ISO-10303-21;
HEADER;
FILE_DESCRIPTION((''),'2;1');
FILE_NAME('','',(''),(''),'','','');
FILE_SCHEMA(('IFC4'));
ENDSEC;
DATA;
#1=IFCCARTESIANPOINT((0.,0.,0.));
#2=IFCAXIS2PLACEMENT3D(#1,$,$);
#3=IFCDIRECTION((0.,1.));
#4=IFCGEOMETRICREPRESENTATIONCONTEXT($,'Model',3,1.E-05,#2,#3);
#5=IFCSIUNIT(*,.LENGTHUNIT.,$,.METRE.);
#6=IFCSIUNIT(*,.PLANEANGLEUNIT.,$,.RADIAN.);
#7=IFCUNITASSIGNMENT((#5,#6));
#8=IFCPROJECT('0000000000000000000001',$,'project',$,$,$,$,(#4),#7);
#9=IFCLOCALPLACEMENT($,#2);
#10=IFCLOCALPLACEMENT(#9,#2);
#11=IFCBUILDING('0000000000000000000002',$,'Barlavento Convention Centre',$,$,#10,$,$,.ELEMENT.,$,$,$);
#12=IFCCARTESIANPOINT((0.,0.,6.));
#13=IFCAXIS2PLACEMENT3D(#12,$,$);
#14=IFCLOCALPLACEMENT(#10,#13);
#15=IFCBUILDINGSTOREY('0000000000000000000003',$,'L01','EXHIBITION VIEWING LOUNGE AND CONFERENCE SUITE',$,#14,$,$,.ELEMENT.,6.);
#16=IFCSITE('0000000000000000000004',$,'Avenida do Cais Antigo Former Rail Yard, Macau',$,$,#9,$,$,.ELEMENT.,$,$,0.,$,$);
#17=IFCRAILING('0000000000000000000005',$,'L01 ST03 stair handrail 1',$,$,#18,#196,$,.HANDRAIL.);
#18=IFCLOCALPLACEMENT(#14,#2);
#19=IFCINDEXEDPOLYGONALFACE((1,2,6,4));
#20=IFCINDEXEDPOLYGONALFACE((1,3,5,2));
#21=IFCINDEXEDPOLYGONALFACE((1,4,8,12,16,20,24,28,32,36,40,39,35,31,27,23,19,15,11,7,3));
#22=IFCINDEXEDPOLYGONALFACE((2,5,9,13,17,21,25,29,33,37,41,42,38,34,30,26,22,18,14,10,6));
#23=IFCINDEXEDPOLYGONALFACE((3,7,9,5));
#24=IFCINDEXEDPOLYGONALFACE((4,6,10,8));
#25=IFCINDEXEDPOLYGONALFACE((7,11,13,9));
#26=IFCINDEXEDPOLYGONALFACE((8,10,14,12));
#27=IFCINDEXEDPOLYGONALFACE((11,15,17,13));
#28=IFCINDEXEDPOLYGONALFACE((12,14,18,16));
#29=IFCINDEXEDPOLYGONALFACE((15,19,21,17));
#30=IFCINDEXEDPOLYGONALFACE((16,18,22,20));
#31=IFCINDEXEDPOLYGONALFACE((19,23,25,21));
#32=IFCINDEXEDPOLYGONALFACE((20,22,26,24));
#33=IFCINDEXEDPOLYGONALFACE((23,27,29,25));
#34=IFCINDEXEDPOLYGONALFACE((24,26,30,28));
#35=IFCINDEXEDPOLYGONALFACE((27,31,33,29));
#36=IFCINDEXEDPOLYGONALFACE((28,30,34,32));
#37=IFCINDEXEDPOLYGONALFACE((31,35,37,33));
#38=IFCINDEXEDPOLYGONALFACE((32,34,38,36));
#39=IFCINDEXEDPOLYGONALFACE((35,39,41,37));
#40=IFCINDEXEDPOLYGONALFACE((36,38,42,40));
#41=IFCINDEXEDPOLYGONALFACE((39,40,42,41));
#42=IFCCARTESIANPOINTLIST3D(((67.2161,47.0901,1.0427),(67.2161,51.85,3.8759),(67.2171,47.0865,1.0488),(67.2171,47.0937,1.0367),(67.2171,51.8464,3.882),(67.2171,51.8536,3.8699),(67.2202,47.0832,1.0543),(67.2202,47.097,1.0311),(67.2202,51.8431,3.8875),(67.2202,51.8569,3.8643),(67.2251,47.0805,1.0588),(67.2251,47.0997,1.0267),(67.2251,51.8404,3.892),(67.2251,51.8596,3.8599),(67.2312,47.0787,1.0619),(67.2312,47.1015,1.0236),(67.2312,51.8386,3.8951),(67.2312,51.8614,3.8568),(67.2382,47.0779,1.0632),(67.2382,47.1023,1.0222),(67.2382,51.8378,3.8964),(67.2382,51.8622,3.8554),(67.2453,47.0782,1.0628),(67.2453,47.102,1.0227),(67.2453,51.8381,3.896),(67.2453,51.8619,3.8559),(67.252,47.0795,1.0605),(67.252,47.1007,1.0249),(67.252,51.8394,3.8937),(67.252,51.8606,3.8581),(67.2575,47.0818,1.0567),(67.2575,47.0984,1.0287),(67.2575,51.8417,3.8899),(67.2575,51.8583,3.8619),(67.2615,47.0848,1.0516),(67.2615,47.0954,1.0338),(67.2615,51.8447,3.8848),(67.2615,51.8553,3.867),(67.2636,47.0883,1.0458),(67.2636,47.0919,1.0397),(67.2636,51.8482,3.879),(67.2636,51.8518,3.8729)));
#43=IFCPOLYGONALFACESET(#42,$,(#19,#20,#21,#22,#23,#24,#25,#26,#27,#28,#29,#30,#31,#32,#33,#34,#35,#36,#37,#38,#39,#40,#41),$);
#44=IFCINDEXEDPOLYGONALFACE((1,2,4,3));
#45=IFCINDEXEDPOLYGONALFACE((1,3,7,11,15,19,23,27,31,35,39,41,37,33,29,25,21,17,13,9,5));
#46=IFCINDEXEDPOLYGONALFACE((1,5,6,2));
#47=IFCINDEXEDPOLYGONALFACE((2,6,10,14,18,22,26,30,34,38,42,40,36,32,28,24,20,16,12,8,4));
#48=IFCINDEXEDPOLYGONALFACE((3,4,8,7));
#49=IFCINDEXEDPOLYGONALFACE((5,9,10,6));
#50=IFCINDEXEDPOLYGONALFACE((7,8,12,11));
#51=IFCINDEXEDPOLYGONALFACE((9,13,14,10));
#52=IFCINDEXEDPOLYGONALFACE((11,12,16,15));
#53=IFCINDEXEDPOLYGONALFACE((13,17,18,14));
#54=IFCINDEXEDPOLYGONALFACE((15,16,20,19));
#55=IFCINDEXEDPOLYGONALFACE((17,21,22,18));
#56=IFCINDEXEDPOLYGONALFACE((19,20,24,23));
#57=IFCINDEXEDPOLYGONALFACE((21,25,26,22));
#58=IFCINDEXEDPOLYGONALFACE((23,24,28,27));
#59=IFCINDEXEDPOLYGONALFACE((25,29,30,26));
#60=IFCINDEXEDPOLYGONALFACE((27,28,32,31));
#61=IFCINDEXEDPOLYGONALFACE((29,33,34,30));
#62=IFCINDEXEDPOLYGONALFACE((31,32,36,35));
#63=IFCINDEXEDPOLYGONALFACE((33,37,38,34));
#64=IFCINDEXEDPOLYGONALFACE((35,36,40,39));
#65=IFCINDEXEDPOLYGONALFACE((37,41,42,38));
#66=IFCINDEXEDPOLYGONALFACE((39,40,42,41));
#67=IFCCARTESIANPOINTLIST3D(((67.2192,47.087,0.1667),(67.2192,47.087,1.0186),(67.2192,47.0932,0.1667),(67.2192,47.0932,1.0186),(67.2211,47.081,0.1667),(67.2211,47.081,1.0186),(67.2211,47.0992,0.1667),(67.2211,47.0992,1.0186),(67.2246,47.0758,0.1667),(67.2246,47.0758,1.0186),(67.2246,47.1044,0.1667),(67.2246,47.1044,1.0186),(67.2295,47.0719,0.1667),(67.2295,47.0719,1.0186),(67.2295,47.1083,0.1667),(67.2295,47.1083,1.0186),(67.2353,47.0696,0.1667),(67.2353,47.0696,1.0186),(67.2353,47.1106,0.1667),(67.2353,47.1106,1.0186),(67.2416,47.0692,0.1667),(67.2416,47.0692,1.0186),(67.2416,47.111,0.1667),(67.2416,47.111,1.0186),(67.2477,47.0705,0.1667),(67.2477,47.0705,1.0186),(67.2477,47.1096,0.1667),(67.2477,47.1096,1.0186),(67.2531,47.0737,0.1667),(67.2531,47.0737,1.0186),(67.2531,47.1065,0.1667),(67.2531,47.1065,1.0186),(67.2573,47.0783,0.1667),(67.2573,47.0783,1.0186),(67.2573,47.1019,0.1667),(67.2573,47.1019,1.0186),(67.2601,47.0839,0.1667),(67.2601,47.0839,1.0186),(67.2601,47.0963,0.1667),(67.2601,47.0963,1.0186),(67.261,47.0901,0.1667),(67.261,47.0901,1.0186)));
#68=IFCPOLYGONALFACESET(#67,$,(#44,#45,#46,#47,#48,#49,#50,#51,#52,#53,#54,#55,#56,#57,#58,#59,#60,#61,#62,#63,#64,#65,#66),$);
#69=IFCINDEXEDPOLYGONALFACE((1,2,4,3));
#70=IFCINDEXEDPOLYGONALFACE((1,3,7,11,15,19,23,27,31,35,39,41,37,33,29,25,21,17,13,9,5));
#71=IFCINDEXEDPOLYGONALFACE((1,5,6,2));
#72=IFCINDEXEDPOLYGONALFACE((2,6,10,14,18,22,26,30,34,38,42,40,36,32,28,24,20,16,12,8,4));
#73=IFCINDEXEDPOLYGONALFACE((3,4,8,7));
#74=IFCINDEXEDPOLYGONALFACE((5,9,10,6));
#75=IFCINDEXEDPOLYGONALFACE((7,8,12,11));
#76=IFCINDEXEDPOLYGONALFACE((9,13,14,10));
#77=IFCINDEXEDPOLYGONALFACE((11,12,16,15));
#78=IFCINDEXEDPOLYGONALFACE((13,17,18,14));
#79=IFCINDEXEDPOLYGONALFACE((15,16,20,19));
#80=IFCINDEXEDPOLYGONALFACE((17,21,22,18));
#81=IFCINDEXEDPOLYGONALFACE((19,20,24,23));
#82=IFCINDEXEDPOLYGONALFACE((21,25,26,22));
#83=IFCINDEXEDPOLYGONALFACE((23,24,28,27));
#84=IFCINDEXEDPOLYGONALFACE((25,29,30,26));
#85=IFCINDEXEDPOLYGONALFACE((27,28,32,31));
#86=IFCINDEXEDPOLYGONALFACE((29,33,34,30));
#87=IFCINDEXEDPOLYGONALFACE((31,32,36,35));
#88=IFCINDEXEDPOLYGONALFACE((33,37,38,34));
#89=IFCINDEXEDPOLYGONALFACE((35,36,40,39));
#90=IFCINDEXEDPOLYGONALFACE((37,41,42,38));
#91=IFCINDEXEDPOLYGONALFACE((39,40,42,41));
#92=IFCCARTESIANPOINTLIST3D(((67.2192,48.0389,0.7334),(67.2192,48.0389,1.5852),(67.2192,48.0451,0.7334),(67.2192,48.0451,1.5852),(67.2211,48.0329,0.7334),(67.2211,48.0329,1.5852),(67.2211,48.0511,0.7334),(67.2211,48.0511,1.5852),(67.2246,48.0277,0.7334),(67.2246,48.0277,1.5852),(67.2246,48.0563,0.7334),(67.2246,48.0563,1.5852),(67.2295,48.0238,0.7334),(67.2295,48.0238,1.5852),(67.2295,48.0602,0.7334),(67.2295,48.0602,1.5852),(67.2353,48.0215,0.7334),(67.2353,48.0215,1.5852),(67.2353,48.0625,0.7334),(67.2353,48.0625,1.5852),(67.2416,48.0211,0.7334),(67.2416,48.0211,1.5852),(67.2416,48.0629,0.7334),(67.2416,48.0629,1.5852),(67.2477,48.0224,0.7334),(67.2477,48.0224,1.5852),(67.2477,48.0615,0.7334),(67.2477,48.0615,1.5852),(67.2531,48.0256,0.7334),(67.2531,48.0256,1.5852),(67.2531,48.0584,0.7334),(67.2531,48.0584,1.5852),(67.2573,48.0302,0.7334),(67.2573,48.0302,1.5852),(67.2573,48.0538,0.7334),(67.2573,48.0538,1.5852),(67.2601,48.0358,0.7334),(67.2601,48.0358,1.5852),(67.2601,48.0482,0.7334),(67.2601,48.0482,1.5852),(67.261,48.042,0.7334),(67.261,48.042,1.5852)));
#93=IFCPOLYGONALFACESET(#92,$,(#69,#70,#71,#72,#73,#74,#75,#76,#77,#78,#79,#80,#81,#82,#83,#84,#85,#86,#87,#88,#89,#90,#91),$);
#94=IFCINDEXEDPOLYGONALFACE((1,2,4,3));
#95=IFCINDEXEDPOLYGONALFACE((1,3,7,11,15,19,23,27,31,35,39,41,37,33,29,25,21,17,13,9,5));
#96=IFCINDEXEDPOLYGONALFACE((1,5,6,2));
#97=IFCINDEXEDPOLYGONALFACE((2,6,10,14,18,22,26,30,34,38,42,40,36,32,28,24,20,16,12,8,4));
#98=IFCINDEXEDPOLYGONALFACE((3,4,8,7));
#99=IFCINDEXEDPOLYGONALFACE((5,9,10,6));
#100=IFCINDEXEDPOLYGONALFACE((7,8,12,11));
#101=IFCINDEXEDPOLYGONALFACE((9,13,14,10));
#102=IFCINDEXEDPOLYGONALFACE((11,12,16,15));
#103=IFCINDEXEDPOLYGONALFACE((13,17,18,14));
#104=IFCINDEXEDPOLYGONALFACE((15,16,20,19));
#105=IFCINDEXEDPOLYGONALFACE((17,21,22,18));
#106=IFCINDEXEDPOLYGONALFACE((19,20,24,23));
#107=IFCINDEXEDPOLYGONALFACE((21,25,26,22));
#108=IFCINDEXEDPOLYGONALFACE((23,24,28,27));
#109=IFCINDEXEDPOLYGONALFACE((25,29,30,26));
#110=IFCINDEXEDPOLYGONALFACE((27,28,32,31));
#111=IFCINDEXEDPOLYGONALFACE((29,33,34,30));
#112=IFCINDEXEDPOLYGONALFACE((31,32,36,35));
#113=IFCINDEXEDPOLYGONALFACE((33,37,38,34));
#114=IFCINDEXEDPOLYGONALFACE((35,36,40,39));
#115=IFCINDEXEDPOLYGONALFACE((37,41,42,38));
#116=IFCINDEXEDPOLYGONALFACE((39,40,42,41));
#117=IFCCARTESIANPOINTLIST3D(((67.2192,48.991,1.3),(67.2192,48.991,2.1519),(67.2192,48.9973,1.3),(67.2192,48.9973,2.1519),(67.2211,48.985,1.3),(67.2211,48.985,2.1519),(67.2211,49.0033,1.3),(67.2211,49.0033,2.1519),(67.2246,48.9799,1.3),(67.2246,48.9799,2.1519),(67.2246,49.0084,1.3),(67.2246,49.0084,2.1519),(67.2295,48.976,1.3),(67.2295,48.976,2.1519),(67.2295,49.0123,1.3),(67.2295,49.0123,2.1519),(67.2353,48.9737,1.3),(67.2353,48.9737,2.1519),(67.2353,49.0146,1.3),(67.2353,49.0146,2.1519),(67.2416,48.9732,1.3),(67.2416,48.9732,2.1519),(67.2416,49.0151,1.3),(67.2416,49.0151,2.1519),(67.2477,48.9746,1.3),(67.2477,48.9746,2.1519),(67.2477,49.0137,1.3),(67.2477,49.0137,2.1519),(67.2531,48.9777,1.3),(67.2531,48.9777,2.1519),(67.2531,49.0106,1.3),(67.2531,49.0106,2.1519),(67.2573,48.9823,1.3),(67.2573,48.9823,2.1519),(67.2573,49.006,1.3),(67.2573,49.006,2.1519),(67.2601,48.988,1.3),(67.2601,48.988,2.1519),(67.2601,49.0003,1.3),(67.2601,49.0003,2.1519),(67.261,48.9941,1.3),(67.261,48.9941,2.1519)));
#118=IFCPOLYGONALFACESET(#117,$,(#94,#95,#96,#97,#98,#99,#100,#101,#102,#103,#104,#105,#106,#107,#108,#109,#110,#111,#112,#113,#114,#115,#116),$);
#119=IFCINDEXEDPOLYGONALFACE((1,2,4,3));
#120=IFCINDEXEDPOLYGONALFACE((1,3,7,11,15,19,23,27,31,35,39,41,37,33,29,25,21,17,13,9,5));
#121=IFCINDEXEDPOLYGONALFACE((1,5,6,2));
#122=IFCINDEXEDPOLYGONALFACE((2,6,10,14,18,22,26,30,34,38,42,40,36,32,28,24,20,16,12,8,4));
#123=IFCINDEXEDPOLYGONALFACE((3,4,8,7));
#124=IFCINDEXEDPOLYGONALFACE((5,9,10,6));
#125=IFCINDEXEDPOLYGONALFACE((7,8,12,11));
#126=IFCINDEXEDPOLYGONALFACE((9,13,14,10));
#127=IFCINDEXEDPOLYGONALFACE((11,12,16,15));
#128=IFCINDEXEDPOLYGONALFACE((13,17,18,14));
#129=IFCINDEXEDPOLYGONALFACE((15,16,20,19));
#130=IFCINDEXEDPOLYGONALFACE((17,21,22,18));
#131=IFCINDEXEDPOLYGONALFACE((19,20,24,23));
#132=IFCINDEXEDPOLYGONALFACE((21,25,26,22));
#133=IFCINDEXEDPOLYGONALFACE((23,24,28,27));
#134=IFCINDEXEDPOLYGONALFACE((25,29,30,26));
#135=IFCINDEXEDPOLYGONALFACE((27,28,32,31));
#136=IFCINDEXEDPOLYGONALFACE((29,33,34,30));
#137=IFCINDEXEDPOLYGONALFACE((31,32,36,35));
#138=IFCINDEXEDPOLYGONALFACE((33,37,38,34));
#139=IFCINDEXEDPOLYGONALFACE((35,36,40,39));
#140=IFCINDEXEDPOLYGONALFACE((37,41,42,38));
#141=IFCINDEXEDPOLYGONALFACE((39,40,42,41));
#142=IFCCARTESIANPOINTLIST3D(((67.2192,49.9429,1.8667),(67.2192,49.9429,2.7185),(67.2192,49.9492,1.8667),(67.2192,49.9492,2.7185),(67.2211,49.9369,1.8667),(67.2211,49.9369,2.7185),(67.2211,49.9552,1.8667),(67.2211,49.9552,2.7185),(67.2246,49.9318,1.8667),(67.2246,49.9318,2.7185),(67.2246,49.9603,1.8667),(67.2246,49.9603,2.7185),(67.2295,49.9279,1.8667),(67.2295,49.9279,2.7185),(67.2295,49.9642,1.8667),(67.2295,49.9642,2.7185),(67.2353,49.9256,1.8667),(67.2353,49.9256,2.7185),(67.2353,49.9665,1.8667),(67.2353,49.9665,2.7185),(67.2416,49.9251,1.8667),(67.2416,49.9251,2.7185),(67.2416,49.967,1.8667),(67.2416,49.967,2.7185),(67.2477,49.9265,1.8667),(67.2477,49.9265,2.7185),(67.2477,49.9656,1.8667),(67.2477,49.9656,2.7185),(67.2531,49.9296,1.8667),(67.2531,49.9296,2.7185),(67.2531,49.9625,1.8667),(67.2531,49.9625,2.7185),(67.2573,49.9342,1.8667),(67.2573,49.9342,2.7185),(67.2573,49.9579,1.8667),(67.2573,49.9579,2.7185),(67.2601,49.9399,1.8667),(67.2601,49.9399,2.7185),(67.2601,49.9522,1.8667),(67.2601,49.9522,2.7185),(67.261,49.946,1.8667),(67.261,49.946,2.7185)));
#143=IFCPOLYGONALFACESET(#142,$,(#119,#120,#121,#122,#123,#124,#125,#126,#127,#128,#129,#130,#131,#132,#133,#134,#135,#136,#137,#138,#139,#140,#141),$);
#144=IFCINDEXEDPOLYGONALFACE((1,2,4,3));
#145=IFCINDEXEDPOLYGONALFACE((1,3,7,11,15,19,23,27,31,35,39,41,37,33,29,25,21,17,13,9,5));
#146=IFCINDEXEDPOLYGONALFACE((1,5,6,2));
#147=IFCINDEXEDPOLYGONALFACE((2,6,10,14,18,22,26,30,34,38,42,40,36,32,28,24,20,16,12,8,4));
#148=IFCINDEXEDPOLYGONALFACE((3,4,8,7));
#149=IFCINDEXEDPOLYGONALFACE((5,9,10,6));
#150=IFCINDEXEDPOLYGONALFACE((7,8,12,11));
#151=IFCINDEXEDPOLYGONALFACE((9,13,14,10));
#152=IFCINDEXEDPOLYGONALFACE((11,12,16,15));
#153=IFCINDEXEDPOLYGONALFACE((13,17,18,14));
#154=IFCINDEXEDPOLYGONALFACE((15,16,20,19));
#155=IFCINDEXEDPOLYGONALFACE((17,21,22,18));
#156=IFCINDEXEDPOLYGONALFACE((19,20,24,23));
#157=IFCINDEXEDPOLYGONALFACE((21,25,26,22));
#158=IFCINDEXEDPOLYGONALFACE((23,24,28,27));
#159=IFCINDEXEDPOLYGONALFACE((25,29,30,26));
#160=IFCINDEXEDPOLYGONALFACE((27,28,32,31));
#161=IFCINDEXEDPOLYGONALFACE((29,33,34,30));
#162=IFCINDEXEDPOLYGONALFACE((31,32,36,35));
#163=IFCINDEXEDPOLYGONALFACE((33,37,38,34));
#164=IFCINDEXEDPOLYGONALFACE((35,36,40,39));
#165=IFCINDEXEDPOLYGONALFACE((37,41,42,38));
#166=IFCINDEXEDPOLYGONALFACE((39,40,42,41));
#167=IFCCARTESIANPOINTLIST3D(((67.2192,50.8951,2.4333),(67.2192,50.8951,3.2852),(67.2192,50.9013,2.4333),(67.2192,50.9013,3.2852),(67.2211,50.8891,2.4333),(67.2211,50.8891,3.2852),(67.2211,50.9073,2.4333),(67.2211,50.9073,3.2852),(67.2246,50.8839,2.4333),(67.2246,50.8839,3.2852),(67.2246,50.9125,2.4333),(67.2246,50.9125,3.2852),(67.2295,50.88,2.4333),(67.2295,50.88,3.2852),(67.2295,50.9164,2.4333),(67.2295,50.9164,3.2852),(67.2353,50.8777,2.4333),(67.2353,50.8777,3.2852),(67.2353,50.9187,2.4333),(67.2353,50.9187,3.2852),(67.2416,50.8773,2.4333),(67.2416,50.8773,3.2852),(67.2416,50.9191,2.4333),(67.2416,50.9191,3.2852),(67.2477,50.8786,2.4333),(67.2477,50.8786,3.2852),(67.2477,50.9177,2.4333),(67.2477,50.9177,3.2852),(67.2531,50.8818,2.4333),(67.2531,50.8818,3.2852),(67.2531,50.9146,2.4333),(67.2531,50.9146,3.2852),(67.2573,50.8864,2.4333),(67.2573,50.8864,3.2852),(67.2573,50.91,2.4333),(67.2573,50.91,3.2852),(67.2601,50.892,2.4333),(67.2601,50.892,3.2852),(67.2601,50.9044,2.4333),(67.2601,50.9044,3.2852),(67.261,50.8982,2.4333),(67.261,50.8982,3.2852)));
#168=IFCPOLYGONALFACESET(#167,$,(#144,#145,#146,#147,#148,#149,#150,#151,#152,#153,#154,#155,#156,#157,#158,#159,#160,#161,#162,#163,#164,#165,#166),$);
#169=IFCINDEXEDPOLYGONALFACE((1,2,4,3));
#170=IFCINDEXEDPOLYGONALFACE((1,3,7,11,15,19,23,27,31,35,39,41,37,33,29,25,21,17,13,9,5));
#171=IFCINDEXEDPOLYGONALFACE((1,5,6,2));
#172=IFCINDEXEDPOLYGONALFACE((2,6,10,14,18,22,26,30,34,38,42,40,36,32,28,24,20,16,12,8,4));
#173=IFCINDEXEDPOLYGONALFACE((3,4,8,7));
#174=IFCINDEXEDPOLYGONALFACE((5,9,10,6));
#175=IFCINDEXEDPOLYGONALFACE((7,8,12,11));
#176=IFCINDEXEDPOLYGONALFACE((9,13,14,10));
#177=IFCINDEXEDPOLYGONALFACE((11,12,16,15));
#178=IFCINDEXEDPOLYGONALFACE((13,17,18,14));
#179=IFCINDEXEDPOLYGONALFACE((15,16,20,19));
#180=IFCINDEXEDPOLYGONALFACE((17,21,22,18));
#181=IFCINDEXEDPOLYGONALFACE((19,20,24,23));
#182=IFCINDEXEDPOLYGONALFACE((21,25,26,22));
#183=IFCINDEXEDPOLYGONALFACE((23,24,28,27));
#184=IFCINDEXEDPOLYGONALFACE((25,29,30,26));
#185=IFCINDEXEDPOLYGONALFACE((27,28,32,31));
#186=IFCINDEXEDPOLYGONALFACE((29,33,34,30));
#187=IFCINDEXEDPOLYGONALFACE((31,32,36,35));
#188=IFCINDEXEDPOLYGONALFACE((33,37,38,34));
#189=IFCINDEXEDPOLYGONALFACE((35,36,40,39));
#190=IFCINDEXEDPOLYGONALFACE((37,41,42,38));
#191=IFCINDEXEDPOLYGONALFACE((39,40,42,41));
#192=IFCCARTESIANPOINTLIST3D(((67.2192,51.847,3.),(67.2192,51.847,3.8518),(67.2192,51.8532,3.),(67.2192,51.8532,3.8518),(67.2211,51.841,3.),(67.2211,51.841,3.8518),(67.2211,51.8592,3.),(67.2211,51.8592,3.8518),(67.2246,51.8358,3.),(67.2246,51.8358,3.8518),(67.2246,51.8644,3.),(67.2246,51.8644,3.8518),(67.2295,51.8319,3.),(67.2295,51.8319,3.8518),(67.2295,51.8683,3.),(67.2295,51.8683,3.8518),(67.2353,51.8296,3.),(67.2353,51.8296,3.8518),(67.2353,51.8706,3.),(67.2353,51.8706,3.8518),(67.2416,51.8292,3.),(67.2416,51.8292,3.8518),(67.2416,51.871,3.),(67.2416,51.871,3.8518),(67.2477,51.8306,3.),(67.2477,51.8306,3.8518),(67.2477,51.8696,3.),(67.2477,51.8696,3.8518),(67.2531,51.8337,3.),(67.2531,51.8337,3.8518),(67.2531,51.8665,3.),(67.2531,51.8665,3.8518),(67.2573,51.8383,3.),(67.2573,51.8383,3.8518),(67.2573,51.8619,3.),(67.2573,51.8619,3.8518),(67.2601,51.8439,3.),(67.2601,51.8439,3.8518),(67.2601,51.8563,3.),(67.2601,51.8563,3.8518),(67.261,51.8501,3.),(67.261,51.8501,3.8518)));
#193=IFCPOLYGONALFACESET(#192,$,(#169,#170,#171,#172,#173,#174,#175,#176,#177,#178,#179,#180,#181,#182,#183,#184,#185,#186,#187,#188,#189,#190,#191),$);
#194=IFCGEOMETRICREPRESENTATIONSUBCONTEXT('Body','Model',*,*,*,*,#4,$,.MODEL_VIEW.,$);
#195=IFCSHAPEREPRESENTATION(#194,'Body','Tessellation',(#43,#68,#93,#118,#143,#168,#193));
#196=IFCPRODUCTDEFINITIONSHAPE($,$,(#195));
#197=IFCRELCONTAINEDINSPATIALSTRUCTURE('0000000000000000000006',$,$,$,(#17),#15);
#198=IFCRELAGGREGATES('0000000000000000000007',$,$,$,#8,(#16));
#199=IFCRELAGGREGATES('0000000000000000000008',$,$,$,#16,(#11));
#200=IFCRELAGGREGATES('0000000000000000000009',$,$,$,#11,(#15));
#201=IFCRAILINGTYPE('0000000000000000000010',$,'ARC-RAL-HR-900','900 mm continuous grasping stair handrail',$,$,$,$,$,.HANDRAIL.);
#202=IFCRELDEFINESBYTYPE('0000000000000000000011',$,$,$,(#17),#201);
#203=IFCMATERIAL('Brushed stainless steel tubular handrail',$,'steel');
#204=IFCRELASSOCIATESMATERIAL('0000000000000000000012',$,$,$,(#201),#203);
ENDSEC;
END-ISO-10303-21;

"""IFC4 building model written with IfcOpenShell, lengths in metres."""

from ifc_helpers import new_model, si_unit, direction, frame, origin, origin_2d, place, context, subcontext, project, spatial, circle, extrude, material, type_object, element, save


model = new_model("IFC4")

# Units and contexts
model_context = context("Model", 3, precision=1e-05, world=origin(), true_north=direction((0.0, 1.0)))
body_context = subcontext(model_context, "Body", "Model", "MODEL_VIEW")
ifc_project = project(units=[si_unit("LENGTHUNIT", "METRE"), si_unit("PLANEANGLEUNIT", "RADIAN")], contexts=[model_context])

# Site, building, storey
site_placement = place(None, origin())
site = spatial("IfcSite", under=ifc_project, at=site_placement, Name="Avenida do Cais Antigo Former Rail Yard, Macau", CompositionType="ELEMENT", RefElevation=0.0)
building_placement = place(site_placement, origin())
building = spatial("IfcBuilding", under=site, at=building_placement, Name="Barlavento Convention Centre", CompositionType="ELEMENT")
storey_placement = place(building_placement, frame((0.0, 0.0, 6.0)))
storey = spatial("IfcBuildingStorey", under=building, at=storey_placement, Name="L01", Description="EXHIBITION VIEWING LOUNGE AND CONFERENCE SUITE", CompositionType="ELEMENT", Elevation=6.0)

# Railing
ifc_material_1 = material(Name="Brushed stainless steel tubular handrail", Category="steel")
railing_type_1 = type_object("IfcRailingType", Name="ARC-RAL-HR-900", Description="900 mm continuous grasping stair handrail", PredefinedType="HANDRAIL", material=ifc_material_1)
railing_1_placement = place(storey_placement, frame((67.24, 47.0901, 0.1667)))
element("IfcRailing", 1, at=railing_1_placement, inside=storey, type_object=railing_type_1, Name="L01 ST03 stair handrail 1", PredefinedType="HANDRAIL", context=body_context, shape_type="SweptSolid", body=[
    extrude(circle(Radius=0.0239, at=origin_2d()), frame((0.0, 0.0, 0.876), z_axis=(0.0, 0.8593, 0.511472), x_axis=(-1.0, 0.0, 0.0)), (0.0, 0.0, 1.0), 5.5393),
    extrude(circle(Radius=0.021, at=origin_2d()), origin(), (0.0, 0.0, 1.0), 0.8518),
    extrude(circle(Radius=0.021, at=origin_2d()), frame((0.0, 0.9519, 0.5667)), (0.0, 0.0, 1.0), 0.8518),
    extrude(circle(Radius=0.021, at=origin_2d()), frame((0.0, 1.9041, 1.1333)), (0.0, 0.0, 1.0), 0.8518),
    extrude(circle(Radius=0.021, at=origin_2d()), frame((0.0, 2.856, 1.7)), (0.0, 0.0, 1.0), 0.8518),
    extrude(circle(Radius=0.021, at=origin_2d()), frame((0.0, 3.8081, 2.2666)), (0.0, 0.0, 1.0), 0.8518),
    extrude(circle(Radius=0.021, at=origin_2d()), frame((0.0, 4.76, 2.8333)), (0.0, 0.0, 1.0), 0.8518),
])

save(model, "model.ifc")
